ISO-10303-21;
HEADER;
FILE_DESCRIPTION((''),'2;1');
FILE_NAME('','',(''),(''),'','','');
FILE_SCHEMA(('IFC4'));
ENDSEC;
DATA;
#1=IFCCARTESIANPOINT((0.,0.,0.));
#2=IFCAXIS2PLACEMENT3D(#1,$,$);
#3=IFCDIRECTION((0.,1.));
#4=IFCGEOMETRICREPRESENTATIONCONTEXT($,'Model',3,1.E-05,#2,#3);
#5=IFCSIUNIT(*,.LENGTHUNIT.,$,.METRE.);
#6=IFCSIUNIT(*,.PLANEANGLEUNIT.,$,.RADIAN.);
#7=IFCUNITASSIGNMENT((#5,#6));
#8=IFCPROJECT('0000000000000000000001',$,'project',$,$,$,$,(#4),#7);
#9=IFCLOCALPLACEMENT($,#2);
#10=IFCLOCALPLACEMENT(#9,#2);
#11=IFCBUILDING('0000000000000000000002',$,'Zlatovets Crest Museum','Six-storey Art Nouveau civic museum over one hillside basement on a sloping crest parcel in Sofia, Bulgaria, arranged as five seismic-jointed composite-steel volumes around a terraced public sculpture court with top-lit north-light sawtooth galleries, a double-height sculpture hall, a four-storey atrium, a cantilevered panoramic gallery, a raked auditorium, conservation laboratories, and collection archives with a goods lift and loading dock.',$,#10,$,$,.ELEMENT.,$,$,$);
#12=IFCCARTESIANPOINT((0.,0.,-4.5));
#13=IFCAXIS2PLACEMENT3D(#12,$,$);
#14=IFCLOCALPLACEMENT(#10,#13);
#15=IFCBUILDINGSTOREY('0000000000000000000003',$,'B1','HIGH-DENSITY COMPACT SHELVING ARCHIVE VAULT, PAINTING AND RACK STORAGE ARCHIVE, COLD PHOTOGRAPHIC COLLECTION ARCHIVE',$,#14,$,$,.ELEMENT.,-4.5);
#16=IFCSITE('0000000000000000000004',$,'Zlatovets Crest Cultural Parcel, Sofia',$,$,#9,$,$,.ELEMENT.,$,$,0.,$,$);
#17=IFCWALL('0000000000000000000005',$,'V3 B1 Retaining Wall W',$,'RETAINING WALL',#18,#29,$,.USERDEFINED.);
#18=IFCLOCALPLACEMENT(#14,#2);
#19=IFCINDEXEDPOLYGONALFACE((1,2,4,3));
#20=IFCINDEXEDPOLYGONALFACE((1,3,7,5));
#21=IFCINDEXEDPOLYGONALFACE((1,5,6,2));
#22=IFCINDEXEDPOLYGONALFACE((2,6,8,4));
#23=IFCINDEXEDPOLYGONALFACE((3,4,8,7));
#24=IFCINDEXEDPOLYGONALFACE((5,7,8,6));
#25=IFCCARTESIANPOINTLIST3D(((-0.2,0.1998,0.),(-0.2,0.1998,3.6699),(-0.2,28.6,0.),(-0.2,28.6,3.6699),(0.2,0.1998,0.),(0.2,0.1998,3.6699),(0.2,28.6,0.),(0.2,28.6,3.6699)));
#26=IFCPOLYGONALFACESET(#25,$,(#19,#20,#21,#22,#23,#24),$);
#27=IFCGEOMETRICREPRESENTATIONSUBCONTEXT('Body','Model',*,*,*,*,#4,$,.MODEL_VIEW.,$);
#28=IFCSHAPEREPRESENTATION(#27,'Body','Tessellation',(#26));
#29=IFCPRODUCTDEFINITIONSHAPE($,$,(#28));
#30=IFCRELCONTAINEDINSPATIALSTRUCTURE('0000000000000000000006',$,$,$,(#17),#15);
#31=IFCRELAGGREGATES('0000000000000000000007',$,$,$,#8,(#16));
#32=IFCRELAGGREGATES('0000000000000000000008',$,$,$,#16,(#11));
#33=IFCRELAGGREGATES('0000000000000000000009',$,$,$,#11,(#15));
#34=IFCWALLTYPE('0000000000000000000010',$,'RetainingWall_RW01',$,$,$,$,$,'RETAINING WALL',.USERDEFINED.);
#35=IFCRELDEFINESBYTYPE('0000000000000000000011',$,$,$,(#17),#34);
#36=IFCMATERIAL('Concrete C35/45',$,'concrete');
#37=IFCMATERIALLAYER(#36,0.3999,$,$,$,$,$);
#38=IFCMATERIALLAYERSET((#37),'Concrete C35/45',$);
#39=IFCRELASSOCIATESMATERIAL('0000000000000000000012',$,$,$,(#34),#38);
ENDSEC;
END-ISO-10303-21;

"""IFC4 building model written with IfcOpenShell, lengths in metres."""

from ifc_helpers import new_model, si_unit, direction, frame, frame_2d, origin, place, context, subcontext, project, spatial, rectangle, extrude, material, layer, layer_set, type_object, element, save


model = new_model("IFC4")

# Units and contexts
model_context = context("Model", 3, precision=1e-05, world=origin(), true_north=direction((0.0, 1.0)))
body_context = subcontext(model_context, "Body", "Model", "MODEL_VIEW")
ifc_project = project(units=[si_unit("LENGTHUNIT", "METRE"), si_unit("PLANEANGLEUNIT", "RADIAN")], contexts=[model_context])

# Site, building, storey
site_placement = place(None, origin())
site = spatial("IfcSite", under=ifc_project, at=site_placement, Name="Zlatovets Crest Cultural Parcel, Sofia", CompositionType="ELEMENT", RefElevation=0.0)
building_placement = place(site_placement, origin())
building = spatial("IfcBuilding", under=site, at=building_placement, Name="Zlatovets Crest Museum", Description="Six-storey Art Nouveau civic museum over one hillside basement on a sloping crest parcel in Sofia, Bulgaria, arranged as five seismic-jointed composite-steel volumes around a terraced public sculpture court with top-lit north-light sawtooth galleries, a double-height sculpture hall, a four-storey atrium, a cantilevered panoramic gallery, a raked auditorium, conservation laboratories, and collection archives with a goods lift and loading dock.", CompositionType="ELEMENT")
storey_placement = place(building_placement, frame((0.0, 0.0, -4.5)))
storey = spatial("IfcBuildingStorey", under=building, at=storey_placement, Name="B1", Description="HIGH-DENSITY COMPACT SHELVING ARCHIVE VAULT, PAINTING AND RACK STORAGE ARCHIVE, COLD PHOTOGRAPHIC COLLECTION ARCHIVE", CompositionType="ELEMENT", Elevation=-4.5)

# Shared definitions
ifc_material_1 = material(Name="Concrete C35/45", Category="concrete")

# Wall
ifc_layer = layer(ifc_material_1, 0.3999)
ifc_layer_set = layer_set([ifc_layer], Name="Concrete C35/45")
wall_type = type_object("IfcWallType", Name="RetainingWall_RW01", ElementType="RETAINING WALL", PredefinedType="USERDEFINED", material=ifc_layer_set)
wall_placement = place(storey_placement, frame((0.0, 28.6001, 0.0), z_axis=(0.0, 0.0, 1.0), x_axis=(0.0, -1.0, 0.0)))
element("IfcWall", 1, at=wall_placement, inside=storey, type_object=wall_type, Name="V3 B1 Retaining Wall W", ObjectType="RETAINING WALL", PredefinedType="USERDEFINED", context=body_context, shape_type="SweptSolid", body=[
    extrude(rectangle(XDim=28.4001, YDim=0.3999, at=frame_2d((14.2002, 0.0))), origin(), (0.0, 0.0, 1.0), 3.6699),
])

save(model, "model.ifc")
